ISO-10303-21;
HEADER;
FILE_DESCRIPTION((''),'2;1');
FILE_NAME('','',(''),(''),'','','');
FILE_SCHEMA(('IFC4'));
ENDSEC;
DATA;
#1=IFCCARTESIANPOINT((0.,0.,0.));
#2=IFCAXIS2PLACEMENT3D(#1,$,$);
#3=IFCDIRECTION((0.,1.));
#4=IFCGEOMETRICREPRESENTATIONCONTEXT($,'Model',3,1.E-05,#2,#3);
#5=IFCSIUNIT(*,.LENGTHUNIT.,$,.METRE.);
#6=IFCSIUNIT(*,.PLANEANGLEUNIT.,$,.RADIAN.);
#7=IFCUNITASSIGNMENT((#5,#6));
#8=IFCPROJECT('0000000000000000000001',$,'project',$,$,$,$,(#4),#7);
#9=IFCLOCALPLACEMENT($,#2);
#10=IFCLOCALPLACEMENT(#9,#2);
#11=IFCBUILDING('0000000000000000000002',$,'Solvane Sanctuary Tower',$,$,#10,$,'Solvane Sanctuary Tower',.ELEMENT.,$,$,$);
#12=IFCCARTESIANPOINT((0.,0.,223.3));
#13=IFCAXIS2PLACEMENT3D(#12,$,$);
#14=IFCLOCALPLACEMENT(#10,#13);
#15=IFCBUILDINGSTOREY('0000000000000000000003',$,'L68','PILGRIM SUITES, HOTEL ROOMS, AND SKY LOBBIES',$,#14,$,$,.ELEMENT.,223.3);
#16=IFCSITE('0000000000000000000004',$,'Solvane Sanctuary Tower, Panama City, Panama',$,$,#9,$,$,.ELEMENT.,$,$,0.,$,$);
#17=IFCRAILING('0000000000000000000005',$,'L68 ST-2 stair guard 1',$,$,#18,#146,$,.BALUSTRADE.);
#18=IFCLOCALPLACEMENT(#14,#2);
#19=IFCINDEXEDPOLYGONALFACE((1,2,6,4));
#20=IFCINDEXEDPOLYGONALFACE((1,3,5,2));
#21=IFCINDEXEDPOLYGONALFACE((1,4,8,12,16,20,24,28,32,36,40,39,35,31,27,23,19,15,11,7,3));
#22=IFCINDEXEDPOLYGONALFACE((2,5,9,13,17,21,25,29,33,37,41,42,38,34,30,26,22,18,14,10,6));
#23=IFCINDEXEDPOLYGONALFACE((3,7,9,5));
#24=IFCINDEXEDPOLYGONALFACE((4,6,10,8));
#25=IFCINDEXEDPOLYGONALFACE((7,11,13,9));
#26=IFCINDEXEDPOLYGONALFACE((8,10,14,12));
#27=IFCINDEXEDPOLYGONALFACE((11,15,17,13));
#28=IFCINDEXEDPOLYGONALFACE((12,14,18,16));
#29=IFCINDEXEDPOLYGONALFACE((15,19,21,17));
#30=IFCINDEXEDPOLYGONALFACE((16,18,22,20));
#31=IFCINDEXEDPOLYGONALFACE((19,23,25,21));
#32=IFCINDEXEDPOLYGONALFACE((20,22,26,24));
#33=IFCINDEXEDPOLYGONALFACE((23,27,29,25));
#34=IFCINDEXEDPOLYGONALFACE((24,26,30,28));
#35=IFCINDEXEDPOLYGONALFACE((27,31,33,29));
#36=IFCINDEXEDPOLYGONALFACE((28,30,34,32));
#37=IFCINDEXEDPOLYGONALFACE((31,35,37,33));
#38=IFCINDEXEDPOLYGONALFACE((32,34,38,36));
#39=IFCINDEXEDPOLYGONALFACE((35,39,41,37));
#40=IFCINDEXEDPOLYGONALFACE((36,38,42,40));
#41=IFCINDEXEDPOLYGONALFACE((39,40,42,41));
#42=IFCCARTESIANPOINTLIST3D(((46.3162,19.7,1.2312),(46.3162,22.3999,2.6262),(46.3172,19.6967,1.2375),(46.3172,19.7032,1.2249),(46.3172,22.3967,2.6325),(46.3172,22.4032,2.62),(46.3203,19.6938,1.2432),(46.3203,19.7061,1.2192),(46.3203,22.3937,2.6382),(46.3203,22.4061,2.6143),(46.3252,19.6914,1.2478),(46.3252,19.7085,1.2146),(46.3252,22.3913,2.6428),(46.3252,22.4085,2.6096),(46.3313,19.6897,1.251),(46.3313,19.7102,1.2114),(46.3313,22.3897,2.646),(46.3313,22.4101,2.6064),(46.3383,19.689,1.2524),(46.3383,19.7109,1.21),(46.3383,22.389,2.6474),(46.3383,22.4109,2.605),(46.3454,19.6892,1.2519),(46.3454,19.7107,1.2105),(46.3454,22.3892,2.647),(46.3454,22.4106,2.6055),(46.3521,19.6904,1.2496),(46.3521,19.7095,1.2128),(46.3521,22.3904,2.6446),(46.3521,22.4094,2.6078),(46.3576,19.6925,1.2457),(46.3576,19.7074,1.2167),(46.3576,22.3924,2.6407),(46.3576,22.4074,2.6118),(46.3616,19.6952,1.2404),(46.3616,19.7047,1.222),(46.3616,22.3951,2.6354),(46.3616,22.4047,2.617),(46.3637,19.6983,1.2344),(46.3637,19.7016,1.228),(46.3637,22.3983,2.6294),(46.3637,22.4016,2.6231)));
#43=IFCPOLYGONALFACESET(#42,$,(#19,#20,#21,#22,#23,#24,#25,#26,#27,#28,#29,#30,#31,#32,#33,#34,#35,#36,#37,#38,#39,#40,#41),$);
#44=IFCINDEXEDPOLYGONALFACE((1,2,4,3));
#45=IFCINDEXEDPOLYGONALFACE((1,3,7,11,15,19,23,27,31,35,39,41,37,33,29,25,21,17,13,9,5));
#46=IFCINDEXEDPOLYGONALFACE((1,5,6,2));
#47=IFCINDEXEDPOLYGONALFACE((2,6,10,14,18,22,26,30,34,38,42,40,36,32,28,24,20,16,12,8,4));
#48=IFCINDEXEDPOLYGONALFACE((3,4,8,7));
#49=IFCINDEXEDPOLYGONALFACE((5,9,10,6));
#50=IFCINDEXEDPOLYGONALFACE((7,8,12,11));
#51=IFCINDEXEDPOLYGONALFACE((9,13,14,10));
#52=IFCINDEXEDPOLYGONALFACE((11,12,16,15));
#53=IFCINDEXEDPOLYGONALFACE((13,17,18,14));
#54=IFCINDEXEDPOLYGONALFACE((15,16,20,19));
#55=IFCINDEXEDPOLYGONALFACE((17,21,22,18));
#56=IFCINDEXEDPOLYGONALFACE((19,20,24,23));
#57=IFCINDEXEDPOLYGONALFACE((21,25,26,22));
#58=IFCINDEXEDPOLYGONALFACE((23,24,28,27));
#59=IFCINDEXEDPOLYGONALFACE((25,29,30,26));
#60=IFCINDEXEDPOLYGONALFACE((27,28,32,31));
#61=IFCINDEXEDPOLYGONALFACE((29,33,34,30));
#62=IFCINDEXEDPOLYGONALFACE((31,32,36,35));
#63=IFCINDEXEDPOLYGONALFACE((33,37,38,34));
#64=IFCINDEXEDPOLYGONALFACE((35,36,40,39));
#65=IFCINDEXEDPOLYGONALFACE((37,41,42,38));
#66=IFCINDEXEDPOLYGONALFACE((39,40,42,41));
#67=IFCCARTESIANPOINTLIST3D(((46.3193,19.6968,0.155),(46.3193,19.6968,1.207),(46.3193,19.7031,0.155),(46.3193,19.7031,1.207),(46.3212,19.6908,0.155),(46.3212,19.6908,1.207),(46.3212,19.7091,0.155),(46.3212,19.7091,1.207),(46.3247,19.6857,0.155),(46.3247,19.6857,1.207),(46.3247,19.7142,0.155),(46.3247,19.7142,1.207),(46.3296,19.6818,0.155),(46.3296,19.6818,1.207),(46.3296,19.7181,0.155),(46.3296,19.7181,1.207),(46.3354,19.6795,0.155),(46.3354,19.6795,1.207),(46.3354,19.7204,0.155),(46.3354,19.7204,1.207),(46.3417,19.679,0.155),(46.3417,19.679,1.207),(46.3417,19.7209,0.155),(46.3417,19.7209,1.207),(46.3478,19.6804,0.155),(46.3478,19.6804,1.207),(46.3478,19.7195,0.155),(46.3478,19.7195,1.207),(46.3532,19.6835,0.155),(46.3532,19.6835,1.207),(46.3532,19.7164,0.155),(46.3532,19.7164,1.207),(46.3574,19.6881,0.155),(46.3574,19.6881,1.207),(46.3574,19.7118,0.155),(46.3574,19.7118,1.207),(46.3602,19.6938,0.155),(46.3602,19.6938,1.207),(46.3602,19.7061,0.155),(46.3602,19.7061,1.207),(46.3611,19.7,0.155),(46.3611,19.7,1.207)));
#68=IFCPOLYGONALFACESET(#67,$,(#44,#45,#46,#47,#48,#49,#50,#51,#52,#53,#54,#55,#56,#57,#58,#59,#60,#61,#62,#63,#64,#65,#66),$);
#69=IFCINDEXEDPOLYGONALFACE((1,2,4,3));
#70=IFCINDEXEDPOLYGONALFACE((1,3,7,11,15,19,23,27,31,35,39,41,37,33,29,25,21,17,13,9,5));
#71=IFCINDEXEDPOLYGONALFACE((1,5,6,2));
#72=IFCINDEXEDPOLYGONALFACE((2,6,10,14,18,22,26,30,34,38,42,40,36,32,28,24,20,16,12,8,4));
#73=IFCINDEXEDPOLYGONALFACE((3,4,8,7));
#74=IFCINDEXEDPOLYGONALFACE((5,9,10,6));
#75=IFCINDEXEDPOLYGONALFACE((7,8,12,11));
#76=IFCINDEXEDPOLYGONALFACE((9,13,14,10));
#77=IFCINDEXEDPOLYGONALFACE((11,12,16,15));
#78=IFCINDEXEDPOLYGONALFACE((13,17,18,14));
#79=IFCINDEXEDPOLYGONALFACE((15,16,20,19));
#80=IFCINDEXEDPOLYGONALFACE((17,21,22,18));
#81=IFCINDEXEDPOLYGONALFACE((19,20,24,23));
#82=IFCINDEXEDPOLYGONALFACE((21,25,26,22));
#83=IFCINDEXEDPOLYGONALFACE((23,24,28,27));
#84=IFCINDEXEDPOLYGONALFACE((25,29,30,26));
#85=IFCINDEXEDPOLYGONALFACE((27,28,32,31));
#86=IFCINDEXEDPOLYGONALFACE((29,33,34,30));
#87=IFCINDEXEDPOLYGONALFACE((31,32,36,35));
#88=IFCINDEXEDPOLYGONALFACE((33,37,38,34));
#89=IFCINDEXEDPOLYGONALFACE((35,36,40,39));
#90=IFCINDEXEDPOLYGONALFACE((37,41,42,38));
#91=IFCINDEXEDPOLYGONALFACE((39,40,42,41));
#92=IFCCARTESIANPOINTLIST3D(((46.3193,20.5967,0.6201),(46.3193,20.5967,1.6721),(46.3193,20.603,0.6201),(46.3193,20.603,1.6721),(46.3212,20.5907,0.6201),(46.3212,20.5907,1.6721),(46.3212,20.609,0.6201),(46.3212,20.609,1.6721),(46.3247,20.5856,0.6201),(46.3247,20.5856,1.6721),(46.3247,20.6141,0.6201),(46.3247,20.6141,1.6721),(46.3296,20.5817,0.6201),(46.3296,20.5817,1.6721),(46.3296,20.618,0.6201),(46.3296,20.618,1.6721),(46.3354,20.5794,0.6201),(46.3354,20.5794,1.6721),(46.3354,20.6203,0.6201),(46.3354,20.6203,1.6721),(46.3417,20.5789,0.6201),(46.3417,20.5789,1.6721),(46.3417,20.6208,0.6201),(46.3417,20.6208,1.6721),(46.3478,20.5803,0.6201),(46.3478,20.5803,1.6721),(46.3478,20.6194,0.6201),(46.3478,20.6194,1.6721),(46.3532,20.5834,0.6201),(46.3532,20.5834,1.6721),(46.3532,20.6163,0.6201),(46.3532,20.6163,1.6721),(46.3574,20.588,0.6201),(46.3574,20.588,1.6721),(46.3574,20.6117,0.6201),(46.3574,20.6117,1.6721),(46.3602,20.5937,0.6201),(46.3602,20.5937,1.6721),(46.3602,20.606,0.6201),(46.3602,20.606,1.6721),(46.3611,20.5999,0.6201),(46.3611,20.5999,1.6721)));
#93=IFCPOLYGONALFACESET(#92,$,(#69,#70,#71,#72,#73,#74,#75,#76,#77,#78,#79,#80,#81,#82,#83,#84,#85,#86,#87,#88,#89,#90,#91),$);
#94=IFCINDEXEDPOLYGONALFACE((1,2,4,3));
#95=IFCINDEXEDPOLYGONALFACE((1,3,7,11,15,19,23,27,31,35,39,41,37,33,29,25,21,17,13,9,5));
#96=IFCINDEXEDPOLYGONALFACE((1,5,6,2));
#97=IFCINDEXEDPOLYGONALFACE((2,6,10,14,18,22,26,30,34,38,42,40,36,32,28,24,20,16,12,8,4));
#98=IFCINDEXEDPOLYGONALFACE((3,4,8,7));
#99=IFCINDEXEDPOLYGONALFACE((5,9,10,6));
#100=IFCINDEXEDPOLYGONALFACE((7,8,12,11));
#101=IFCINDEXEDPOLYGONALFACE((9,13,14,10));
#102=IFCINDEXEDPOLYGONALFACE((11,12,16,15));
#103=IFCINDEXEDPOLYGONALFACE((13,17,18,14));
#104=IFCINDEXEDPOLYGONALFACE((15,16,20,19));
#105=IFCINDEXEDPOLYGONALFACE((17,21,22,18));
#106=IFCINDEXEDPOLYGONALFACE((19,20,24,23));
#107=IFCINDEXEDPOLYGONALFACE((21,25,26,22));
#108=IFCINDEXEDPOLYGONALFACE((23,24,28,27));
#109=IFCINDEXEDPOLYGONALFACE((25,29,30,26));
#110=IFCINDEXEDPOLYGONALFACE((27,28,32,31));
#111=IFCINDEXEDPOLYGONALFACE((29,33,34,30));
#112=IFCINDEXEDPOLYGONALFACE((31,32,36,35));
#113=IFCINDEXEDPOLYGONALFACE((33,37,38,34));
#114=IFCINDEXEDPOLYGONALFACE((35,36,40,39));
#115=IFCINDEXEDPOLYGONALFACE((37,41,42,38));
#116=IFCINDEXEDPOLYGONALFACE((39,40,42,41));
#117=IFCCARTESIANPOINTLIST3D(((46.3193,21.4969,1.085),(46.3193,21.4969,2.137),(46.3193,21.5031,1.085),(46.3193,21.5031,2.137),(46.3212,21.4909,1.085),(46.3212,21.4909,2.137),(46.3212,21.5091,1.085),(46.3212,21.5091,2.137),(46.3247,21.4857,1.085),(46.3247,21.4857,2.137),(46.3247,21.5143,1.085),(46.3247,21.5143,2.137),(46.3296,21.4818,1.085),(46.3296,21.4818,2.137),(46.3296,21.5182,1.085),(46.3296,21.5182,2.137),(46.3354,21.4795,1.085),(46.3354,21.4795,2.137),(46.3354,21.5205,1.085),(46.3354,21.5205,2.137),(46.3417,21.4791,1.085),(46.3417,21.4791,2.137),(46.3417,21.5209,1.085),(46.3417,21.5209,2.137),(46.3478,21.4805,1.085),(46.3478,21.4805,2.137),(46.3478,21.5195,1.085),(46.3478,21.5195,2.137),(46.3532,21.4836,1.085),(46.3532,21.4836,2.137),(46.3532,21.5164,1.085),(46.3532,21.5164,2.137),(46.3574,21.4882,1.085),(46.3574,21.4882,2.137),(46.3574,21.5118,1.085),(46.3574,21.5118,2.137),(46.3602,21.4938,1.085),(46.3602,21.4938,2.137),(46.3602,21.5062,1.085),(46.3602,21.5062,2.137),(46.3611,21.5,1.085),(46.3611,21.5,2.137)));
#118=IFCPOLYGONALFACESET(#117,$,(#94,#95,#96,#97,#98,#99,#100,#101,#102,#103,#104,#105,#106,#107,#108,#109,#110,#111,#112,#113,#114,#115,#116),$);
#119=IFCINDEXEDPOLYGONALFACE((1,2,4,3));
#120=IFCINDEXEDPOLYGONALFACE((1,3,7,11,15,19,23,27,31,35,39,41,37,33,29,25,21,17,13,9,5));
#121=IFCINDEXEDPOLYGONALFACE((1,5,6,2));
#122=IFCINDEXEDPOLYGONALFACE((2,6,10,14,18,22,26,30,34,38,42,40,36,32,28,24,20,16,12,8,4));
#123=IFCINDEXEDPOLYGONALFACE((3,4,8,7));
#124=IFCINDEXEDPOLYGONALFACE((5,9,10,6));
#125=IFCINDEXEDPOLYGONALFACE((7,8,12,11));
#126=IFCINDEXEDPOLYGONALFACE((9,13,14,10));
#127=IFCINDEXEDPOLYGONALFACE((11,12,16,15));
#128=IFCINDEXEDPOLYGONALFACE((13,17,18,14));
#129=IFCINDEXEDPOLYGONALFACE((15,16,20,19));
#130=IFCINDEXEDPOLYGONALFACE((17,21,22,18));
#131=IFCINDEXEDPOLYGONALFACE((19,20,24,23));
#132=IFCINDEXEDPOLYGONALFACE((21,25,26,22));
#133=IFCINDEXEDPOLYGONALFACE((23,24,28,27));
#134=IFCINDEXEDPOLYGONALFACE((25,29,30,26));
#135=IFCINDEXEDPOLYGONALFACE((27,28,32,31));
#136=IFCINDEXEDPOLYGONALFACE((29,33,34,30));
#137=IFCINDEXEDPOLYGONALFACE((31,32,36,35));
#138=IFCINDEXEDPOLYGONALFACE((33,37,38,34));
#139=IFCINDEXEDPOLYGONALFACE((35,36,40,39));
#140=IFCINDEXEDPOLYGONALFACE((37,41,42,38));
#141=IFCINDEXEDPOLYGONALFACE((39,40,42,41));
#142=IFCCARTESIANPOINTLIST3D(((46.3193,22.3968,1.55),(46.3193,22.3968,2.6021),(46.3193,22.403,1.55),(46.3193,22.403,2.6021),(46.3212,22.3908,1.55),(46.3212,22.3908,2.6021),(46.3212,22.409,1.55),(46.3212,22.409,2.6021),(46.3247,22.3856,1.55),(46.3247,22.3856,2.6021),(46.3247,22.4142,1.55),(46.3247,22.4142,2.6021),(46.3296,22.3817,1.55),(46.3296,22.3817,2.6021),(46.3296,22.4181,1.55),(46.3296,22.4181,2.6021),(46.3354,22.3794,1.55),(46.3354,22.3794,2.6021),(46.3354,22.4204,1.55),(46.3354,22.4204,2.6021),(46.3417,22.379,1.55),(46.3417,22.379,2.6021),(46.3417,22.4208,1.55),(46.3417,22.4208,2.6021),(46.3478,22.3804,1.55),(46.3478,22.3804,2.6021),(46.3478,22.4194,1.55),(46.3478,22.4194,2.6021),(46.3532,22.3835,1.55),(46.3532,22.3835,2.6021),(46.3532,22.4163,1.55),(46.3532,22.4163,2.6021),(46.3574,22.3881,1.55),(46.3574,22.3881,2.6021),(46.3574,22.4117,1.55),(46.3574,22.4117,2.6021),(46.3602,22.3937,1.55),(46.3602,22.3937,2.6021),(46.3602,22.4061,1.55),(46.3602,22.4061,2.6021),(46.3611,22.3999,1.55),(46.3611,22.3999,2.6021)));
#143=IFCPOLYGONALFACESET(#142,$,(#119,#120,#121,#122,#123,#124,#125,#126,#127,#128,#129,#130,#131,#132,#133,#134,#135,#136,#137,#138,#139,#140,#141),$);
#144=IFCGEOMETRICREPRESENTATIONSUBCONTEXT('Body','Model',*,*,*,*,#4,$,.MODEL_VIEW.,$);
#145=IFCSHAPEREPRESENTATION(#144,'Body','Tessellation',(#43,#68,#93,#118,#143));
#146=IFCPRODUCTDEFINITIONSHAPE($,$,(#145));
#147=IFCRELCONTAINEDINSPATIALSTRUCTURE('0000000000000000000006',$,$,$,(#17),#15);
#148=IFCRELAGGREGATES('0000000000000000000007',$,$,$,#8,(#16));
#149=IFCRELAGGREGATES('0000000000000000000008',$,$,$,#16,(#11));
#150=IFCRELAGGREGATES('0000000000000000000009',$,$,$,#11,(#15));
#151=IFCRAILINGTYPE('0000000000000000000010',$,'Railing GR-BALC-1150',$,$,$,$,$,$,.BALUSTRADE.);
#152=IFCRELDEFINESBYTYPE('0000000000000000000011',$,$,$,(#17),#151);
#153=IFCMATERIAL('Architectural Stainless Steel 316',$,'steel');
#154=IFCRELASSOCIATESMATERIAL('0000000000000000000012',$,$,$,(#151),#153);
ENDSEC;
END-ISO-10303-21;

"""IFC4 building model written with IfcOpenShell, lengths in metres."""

from ifc_helpers import new_model, si_unit, direction, frame, origin, origin_2d, place, context, subcontext, project, spatial, circle, extrude, material, type_object, element, save


model = new_model("IFC4")

# Units and contexts
model_context = context("Model", 3, precision=1e-05, world=origin(), true_north=direction((0.0, 1.0)))
body_context = subcontext(model_context, "Body", "Model", "MODEL_VIEW")
ifc_project = project(units=[si_unit("LENGTHUNIT", "METRE"), si_unit("PLANEANGLEUNIT", "RADIAN")], contexts=[model_context])

# Site, building, storey
site_placement = place(None, origin())
site = spatial("IfcSite", under=ifc_project, at=site_placement, Name="Solvane Sanctuary Tower, Panama City, Panama", CompositionType="ELEMENT", RefElevation=0.0)
building_placement = place(site_placement, origin())
building = spatial("IfcBuilding", under=site, at=building_placement, Name="Solvane Sanctuary Tower", LongName="Solvane Sanctuary Tower", CompositionType="ELEMENT")
storey_placement = place(building_placement, frame((0.0, 0.0, 223.3)))
storey = spatial("IfcBuildingStorey", under=building, at=storey_placement, Name="L68", Description="PILGRIM SUITES, HOTEL ROOMS, AND SKY LOBBIES", CompositionType="ELEMENT", Elevation=223.3)

# Shared definitions
ifc_material_1 = material(Name="Architectural Stainless Steel 316", Category="steel")

# Railing
railing_type_1 = type_object("IfcRailingType", Name="Railing GR-BALC-1150", PredefinedType="BALUSTRADE", material=ifc_material_1)
railing_1_placement = place(storey_placement, frame((46.3401, 19.7, 0.155)))
element("IfcRailing", 1, at=railing_1_placement, inside=storey, type_object=railing_type_1, Name="L68 ST-2 stair guard 1", PredefinedType="BALUSTRADE", context=body_context, shape_type="SweptSolid", body=[
    extrude(circle(Radius=0.0239, at=origin_2d()), frame((0.0, 0.0, 1.0762), z_axis=(0.0, 0.88842, 0.459032), x_axis=(-1.0, 0.0, 0.0)), (0.0, 0.0, 1.0), 3.0391),
    extrude(circle(Radius=0.021, at=origin_2d()), origin(), (0.0, 0.0, 1.0), 1.052),
    extrude(circle(Radius=0.021, at=origin_2d()), frame((0.0, 0.8999, 0.4651)), (0.0, 0.0, 1.0), 1.052),
    extrude(circle(Radius=0.021, at=origin_2d()), frame((0.0, 1.8, 0.9299)), (0.0, 0.0, 1.0), 1.052),
    extrude(circle(Radius=0.021, at=origin_2d()), frame((0.0, 2.7, 1.395)), (0.0, 0.0, 1.0), 1.052),
])

save(model, "model.ifc")
